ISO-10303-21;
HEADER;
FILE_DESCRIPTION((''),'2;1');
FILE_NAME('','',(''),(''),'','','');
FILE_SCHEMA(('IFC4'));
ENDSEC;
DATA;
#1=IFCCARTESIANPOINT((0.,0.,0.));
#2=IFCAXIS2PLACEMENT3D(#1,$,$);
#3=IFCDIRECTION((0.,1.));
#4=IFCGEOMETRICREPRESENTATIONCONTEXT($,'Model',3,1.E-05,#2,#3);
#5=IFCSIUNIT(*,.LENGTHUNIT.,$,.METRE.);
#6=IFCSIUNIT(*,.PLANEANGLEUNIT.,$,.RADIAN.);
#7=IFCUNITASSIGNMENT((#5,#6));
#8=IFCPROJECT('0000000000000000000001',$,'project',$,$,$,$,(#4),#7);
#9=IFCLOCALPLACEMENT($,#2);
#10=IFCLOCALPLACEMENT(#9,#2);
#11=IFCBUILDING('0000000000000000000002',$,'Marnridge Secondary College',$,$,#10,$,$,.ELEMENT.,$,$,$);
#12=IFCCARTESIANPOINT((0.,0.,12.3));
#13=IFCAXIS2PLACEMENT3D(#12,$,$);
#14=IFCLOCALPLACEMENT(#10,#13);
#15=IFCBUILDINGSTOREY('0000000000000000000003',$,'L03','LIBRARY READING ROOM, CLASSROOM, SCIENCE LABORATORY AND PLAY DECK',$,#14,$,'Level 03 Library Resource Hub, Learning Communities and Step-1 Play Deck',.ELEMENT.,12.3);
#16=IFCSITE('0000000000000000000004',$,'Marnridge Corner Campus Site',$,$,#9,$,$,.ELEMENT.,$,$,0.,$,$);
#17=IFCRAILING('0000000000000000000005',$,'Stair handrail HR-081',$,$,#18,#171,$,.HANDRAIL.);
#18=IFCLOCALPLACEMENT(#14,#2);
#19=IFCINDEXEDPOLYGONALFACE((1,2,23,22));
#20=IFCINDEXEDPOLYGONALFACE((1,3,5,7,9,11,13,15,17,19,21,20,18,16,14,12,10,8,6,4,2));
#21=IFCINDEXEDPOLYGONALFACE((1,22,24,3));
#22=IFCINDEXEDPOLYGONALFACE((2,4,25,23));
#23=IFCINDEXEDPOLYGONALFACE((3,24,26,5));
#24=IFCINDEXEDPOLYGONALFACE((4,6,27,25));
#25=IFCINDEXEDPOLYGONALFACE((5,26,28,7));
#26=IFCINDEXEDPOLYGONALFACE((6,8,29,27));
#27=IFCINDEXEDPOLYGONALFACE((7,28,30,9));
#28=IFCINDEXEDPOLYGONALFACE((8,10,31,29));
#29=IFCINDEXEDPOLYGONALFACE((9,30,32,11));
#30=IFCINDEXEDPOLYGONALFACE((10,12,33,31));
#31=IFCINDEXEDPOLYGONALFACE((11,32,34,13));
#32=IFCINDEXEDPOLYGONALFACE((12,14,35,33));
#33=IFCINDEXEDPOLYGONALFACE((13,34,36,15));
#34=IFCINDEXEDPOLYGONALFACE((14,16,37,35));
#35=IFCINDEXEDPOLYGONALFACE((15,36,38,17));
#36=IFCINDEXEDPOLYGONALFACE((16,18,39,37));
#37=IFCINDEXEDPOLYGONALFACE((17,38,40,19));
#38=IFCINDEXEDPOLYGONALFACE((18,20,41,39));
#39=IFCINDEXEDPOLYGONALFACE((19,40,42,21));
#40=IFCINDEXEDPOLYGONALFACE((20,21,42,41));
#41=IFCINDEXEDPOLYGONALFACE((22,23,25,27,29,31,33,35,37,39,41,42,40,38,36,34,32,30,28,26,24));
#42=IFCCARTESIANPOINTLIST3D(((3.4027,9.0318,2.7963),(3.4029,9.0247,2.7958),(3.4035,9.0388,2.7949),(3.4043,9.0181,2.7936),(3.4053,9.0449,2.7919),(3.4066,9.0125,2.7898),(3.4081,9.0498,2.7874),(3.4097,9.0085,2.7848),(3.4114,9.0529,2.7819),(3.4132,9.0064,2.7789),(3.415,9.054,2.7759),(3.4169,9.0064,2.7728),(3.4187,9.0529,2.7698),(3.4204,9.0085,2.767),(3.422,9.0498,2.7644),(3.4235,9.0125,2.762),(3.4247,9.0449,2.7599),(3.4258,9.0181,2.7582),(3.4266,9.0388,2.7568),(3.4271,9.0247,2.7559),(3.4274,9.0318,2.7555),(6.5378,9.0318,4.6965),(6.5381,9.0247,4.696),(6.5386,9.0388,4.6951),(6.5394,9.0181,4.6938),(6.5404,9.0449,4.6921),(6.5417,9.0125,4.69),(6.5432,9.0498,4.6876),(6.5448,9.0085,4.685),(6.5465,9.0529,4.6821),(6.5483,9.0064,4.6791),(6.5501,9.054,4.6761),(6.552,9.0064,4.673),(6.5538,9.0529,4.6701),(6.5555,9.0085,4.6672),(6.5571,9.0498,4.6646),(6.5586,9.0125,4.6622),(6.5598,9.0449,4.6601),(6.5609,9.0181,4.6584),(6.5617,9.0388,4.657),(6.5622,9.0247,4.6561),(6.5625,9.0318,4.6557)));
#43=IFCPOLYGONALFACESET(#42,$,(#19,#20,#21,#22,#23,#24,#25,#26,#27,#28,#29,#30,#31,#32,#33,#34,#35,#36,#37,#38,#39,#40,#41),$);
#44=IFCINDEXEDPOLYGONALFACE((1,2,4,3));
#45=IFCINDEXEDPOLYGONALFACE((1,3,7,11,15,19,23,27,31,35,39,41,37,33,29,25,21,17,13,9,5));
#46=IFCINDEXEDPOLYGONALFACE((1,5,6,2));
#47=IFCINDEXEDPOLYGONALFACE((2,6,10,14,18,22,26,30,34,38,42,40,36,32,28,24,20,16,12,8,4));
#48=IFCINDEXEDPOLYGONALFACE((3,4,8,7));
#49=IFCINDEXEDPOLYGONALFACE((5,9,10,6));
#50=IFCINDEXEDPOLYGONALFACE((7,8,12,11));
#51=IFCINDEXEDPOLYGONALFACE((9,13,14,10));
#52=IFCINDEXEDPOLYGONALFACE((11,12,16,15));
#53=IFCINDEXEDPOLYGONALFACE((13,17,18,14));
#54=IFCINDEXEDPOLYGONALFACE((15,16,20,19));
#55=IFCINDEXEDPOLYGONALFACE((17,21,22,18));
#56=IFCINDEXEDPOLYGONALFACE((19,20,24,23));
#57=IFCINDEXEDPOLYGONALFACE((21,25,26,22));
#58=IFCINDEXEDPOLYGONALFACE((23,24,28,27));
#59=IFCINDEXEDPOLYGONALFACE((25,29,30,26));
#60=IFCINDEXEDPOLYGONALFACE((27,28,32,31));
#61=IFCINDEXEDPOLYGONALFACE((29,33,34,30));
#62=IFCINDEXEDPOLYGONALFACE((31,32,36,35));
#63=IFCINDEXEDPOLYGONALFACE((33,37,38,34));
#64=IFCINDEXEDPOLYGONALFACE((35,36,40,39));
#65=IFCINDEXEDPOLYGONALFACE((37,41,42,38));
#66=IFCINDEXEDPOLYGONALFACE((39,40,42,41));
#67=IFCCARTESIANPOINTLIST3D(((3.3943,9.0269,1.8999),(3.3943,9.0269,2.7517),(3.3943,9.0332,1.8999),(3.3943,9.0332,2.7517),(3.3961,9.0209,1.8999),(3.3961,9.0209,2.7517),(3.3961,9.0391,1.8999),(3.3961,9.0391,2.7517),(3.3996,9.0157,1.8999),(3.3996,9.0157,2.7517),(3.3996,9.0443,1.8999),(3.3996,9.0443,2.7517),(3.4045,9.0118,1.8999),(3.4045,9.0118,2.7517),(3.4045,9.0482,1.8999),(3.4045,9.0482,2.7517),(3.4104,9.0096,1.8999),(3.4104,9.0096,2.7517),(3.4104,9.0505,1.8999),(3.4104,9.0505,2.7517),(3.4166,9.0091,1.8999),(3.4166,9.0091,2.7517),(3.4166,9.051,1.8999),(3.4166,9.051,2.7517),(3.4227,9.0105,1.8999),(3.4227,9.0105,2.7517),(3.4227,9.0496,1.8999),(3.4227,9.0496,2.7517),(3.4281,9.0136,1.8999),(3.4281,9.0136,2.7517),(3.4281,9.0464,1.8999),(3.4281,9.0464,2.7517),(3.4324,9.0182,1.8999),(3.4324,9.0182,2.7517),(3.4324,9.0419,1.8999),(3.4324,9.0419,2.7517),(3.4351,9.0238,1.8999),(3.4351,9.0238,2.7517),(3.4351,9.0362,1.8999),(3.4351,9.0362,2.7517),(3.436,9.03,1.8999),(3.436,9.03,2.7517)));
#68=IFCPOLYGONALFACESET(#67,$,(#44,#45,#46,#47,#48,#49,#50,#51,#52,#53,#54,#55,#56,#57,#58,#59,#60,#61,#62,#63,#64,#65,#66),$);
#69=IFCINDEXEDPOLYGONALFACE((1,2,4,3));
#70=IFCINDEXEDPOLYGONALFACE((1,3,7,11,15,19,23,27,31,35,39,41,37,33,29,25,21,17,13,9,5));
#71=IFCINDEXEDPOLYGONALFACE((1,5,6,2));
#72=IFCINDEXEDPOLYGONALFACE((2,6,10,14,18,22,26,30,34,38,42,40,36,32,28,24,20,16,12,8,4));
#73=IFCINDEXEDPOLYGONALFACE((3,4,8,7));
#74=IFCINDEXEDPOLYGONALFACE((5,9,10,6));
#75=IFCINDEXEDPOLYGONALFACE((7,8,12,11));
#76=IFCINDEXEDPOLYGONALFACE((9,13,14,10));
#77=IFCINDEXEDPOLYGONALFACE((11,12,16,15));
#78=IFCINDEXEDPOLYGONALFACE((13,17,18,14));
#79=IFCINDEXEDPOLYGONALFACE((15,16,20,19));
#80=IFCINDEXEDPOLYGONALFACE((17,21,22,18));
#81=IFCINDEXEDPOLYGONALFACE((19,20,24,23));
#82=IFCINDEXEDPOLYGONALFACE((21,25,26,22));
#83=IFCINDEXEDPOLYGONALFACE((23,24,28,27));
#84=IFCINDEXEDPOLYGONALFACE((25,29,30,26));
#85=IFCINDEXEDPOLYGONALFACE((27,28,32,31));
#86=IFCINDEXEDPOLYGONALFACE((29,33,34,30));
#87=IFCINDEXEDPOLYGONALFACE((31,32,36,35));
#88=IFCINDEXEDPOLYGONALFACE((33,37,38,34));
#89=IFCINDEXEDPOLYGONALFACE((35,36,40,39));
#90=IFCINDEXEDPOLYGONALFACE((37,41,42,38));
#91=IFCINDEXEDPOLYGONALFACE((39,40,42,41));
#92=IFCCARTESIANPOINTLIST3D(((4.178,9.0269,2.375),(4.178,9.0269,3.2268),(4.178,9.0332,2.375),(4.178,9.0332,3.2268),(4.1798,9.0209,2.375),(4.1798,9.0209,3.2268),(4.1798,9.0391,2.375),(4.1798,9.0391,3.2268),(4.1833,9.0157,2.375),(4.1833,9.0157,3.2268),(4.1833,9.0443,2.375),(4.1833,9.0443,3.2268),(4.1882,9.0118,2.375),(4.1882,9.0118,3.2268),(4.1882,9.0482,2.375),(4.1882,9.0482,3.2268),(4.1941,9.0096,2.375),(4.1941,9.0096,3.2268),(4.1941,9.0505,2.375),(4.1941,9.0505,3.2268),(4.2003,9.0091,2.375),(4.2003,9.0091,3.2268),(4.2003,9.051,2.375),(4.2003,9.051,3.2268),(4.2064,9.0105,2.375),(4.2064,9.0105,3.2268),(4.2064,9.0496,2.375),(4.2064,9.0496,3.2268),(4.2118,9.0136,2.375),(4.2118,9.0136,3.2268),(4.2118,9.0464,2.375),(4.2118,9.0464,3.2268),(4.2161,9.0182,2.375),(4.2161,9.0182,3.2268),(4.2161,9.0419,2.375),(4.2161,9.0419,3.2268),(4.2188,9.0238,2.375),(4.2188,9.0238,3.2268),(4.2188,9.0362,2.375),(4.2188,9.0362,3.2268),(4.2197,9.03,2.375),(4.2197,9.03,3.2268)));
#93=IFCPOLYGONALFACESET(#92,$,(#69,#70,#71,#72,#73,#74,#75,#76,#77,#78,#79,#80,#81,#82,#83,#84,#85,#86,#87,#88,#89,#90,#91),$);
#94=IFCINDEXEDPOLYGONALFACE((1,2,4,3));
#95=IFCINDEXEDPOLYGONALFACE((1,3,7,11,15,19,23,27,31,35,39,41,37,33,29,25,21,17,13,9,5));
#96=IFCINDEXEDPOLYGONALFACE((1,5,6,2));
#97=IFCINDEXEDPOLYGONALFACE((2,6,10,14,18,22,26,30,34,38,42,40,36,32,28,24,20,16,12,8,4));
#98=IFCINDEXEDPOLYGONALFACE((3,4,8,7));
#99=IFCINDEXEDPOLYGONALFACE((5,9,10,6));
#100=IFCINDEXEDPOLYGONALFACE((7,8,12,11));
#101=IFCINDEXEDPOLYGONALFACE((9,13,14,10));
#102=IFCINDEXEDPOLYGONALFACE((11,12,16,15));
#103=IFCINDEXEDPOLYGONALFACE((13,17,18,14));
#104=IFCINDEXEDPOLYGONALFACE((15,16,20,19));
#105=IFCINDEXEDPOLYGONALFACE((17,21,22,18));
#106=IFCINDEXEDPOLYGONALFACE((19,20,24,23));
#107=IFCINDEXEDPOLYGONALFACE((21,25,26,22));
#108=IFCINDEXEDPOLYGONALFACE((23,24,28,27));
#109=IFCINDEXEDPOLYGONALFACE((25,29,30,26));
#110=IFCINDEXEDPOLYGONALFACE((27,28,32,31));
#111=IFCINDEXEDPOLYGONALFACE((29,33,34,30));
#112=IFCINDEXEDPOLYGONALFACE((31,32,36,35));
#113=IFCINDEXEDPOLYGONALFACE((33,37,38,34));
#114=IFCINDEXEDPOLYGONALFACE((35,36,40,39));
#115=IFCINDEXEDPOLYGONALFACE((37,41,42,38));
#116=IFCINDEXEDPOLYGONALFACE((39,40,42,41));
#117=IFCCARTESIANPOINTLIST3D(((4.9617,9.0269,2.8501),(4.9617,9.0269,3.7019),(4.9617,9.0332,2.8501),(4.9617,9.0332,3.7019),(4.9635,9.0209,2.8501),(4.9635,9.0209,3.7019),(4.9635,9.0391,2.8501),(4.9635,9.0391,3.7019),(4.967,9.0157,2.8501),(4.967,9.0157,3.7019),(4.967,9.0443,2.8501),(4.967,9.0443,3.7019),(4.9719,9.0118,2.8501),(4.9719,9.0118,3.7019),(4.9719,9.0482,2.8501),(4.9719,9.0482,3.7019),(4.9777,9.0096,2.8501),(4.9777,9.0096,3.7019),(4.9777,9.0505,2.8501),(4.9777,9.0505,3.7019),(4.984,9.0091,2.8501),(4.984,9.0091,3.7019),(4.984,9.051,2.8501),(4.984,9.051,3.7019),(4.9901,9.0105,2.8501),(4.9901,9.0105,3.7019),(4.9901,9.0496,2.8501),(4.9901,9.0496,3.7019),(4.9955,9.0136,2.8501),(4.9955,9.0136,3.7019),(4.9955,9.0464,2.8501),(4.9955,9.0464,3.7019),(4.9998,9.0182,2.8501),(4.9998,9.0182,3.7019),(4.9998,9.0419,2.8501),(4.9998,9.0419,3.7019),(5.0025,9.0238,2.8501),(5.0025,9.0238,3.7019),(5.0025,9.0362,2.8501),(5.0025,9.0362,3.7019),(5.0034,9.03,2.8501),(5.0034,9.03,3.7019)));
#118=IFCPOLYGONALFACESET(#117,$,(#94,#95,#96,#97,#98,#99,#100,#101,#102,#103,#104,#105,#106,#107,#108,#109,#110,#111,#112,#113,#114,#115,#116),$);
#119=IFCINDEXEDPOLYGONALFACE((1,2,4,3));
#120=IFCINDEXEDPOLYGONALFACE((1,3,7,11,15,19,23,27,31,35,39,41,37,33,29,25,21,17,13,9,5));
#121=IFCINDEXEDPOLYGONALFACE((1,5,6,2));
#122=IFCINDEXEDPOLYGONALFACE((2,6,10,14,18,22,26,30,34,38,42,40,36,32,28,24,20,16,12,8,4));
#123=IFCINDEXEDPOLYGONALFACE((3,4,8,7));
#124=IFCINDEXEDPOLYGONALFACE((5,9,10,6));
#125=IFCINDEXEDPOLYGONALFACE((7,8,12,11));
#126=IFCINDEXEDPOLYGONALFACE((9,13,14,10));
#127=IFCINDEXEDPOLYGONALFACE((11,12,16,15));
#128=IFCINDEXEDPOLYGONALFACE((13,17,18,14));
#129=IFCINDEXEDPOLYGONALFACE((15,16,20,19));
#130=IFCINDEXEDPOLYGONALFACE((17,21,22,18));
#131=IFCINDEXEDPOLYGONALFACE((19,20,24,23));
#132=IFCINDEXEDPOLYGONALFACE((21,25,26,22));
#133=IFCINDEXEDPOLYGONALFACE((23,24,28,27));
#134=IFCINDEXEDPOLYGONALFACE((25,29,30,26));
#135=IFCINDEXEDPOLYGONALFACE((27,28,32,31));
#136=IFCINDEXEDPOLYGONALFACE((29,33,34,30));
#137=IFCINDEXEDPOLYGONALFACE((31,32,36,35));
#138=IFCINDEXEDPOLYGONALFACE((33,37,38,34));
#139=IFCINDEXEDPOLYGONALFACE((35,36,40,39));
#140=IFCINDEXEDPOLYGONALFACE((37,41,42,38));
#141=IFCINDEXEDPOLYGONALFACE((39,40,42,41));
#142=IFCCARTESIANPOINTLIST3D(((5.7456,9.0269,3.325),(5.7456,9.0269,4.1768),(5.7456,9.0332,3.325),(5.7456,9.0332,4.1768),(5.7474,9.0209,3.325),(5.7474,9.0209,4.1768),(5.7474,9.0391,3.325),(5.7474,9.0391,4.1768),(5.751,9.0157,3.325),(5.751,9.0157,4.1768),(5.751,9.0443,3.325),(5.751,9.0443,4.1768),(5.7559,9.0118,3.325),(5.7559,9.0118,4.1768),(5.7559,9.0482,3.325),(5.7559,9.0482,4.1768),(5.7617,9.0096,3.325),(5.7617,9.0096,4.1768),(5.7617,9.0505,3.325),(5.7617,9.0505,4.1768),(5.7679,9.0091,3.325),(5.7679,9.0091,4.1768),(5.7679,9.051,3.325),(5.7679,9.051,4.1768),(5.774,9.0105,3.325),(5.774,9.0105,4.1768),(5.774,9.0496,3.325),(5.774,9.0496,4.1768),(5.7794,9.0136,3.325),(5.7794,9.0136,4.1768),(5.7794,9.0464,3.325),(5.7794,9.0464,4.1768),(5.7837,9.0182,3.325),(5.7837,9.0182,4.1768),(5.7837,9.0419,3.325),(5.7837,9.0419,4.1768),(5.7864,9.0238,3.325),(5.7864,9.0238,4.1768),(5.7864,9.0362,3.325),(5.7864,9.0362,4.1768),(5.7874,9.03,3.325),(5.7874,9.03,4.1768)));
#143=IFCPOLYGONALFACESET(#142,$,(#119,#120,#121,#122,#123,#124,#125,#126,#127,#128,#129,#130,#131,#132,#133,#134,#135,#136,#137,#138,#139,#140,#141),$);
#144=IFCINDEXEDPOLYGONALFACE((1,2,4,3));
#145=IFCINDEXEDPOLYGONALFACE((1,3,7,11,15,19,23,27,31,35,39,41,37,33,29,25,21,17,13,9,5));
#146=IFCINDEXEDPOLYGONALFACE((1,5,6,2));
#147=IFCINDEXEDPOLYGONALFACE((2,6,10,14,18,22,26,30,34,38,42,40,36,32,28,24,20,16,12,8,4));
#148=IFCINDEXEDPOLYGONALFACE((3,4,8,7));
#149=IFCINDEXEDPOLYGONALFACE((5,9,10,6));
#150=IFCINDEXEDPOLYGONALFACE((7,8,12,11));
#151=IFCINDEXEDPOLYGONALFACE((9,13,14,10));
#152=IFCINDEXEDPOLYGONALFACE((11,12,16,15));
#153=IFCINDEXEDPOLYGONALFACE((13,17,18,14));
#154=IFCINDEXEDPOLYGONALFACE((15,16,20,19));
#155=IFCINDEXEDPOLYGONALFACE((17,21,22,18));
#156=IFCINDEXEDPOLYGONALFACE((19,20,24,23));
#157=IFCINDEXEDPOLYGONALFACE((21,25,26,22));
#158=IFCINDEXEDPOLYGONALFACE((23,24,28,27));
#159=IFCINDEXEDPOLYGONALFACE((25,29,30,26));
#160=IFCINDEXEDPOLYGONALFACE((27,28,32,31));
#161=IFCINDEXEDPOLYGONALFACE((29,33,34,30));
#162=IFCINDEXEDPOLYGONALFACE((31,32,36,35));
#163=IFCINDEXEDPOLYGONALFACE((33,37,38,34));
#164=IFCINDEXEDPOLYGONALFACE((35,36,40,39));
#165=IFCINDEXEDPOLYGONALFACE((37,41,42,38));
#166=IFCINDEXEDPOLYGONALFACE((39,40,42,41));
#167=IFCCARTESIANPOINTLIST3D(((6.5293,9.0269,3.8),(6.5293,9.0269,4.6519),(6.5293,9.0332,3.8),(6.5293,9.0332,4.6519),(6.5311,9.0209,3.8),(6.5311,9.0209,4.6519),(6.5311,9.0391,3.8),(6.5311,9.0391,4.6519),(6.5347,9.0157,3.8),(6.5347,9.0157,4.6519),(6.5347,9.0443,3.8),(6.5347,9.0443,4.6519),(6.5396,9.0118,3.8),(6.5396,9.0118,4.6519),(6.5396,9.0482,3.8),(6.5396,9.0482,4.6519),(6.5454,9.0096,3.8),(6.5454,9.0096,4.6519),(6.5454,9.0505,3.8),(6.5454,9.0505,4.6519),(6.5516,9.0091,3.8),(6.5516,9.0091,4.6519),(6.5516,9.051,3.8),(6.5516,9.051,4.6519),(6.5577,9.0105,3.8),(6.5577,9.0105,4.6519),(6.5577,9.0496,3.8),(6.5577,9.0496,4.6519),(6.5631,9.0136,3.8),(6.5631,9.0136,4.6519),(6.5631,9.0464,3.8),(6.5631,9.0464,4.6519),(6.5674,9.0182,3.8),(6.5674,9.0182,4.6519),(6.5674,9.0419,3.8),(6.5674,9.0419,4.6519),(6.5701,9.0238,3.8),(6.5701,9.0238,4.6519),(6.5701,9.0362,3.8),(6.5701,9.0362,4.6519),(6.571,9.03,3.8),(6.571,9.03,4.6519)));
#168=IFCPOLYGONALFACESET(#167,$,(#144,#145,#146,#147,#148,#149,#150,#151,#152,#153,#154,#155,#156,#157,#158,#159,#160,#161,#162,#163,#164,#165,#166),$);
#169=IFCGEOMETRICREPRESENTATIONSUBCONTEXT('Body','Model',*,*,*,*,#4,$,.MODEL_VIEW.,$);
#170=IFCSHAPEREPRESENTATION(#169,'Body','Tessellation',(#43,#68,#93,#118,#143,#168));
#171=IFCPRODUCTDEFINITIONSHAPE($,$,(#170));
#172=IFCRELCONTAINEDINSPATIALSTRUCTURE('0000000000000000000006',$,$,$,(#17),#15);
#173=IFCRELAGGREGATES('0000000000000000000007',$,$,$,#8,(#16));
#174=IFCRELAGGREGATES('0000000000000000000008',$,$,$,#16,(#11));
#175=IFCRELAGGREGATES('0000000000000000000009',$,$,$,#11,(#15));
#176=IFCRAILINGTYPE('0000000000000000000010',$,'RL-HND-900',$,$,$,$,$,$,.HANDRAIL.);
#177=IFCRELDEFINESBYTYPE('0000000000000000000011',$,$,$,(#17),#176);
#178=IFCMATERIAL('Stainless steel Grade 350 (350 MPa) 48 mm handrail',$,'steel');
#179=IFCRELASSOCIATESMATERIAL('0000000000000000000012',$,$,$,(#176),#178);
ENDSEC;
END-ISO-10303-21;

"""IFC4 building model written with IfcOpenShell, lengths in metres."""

from ifc_helpers import new_model, si_unit, direction, frame, origin, origin_2d, place, context, subcontext, project, spatial, circle, extrude, material, type_object, element, save


model = new_model("IFC4")

# Units and contexts
model_context = context("Model", 3, precision=1e-05, world=origin(), true_north=direction((0.0, 1.0)))
body_context = subcontext(model_context, "Body", "Model", "MODEL_VIEW")
ifc_project = project(units=[si_unit("LENGTHUNIT", "METRE"), si_unit("PLANEANGLEUNIT", "RADIAN")], contexts=[model_context])

# Site, building, storey
site_placement = place(None, origin())
site = spatial("IfcSite", under=ifc_project, at=site_placement, Name="Marnridge Corner Campus Site", CompositionType="ELEMENT", RefElevation=0.0)
building_placement = place(site_placement, origin())
building = spatial("IfcBuilding", under=site, at=building_placement, Name="Marnridge Secondary College", CompositionType="ELEMENT")
storey_placement = place(building_placement, frame((0.0, 0.0, 12.3)))
storey = spatial("IfcBuildingStorey", under=building, at=storey_placement, Name="L03", Description="LIBRARY READING ROOM, CLASSROOM, SCIENCE LABORATORY AND PLAY DECK", LongName="Level 03 Library Resource Hub, Learning Communities and Step-1 Play Deck", CompositionType="ELEMENT", Elevation=12.3)

# Railing
ifc_material_1 = material(Name="Stainless steel Grade 350 (350 MPa) 48 mm handrail", Category="steel")
railing_type = type_object("IfcRailingType", Name="RL-HND-900", PredefinedType="HANDRAIL", material=ifc_material_1)
railing_placement = place(storey_placement, frame((3.415, 9.03, 1.8999)))
element("IfcRailing", 1, at=railing_placement, inside=storey, type_object=railing_type, Name="Stair handrail HR-081", PredefinedType="HANDRAIL", context=body_context, shape_type="SweptSolid", body=[
    extrude(circle(Radius=0.0239, at=origin_2d()), frame((0.0, 0.0, 0.876), z_axis=(0.855181, 0.0, 0.51833), x_axis=(0.0, 1.0, 0.0)), (0.0, 0.0, 1.0), 3.666),
    extrude(circle(Radius=0.021, at=origin_2d()), origin(), (0.0, 0.0, 1.0), 0.8518),
    extrude(circle(Radius=0.021, at=origin_2d()), frame((0.7837, 0.0, 0.4751)), (0.0, 0.0, 1.0), 0.8518),
    extrude(circle(Radius=0.021, at=origin_2d()), frame((1.5674, 0.0, 0.9502)), (0.0, 0.0, 1.0), 0.8518),
    extrude(circle(Radius=0.021, at=origin_2d()), frame((2.3513, 0.0, 1.425)), (0.0, 0.0, 1.0), 0.8518),
    extrude(circle(Radius=0.021, at=origin_2d()), frame((3.135, 0.0, 1.9001)), (0.0, 0.0, 1.0), 0.8518),
])

save(model, "model.ifc")
